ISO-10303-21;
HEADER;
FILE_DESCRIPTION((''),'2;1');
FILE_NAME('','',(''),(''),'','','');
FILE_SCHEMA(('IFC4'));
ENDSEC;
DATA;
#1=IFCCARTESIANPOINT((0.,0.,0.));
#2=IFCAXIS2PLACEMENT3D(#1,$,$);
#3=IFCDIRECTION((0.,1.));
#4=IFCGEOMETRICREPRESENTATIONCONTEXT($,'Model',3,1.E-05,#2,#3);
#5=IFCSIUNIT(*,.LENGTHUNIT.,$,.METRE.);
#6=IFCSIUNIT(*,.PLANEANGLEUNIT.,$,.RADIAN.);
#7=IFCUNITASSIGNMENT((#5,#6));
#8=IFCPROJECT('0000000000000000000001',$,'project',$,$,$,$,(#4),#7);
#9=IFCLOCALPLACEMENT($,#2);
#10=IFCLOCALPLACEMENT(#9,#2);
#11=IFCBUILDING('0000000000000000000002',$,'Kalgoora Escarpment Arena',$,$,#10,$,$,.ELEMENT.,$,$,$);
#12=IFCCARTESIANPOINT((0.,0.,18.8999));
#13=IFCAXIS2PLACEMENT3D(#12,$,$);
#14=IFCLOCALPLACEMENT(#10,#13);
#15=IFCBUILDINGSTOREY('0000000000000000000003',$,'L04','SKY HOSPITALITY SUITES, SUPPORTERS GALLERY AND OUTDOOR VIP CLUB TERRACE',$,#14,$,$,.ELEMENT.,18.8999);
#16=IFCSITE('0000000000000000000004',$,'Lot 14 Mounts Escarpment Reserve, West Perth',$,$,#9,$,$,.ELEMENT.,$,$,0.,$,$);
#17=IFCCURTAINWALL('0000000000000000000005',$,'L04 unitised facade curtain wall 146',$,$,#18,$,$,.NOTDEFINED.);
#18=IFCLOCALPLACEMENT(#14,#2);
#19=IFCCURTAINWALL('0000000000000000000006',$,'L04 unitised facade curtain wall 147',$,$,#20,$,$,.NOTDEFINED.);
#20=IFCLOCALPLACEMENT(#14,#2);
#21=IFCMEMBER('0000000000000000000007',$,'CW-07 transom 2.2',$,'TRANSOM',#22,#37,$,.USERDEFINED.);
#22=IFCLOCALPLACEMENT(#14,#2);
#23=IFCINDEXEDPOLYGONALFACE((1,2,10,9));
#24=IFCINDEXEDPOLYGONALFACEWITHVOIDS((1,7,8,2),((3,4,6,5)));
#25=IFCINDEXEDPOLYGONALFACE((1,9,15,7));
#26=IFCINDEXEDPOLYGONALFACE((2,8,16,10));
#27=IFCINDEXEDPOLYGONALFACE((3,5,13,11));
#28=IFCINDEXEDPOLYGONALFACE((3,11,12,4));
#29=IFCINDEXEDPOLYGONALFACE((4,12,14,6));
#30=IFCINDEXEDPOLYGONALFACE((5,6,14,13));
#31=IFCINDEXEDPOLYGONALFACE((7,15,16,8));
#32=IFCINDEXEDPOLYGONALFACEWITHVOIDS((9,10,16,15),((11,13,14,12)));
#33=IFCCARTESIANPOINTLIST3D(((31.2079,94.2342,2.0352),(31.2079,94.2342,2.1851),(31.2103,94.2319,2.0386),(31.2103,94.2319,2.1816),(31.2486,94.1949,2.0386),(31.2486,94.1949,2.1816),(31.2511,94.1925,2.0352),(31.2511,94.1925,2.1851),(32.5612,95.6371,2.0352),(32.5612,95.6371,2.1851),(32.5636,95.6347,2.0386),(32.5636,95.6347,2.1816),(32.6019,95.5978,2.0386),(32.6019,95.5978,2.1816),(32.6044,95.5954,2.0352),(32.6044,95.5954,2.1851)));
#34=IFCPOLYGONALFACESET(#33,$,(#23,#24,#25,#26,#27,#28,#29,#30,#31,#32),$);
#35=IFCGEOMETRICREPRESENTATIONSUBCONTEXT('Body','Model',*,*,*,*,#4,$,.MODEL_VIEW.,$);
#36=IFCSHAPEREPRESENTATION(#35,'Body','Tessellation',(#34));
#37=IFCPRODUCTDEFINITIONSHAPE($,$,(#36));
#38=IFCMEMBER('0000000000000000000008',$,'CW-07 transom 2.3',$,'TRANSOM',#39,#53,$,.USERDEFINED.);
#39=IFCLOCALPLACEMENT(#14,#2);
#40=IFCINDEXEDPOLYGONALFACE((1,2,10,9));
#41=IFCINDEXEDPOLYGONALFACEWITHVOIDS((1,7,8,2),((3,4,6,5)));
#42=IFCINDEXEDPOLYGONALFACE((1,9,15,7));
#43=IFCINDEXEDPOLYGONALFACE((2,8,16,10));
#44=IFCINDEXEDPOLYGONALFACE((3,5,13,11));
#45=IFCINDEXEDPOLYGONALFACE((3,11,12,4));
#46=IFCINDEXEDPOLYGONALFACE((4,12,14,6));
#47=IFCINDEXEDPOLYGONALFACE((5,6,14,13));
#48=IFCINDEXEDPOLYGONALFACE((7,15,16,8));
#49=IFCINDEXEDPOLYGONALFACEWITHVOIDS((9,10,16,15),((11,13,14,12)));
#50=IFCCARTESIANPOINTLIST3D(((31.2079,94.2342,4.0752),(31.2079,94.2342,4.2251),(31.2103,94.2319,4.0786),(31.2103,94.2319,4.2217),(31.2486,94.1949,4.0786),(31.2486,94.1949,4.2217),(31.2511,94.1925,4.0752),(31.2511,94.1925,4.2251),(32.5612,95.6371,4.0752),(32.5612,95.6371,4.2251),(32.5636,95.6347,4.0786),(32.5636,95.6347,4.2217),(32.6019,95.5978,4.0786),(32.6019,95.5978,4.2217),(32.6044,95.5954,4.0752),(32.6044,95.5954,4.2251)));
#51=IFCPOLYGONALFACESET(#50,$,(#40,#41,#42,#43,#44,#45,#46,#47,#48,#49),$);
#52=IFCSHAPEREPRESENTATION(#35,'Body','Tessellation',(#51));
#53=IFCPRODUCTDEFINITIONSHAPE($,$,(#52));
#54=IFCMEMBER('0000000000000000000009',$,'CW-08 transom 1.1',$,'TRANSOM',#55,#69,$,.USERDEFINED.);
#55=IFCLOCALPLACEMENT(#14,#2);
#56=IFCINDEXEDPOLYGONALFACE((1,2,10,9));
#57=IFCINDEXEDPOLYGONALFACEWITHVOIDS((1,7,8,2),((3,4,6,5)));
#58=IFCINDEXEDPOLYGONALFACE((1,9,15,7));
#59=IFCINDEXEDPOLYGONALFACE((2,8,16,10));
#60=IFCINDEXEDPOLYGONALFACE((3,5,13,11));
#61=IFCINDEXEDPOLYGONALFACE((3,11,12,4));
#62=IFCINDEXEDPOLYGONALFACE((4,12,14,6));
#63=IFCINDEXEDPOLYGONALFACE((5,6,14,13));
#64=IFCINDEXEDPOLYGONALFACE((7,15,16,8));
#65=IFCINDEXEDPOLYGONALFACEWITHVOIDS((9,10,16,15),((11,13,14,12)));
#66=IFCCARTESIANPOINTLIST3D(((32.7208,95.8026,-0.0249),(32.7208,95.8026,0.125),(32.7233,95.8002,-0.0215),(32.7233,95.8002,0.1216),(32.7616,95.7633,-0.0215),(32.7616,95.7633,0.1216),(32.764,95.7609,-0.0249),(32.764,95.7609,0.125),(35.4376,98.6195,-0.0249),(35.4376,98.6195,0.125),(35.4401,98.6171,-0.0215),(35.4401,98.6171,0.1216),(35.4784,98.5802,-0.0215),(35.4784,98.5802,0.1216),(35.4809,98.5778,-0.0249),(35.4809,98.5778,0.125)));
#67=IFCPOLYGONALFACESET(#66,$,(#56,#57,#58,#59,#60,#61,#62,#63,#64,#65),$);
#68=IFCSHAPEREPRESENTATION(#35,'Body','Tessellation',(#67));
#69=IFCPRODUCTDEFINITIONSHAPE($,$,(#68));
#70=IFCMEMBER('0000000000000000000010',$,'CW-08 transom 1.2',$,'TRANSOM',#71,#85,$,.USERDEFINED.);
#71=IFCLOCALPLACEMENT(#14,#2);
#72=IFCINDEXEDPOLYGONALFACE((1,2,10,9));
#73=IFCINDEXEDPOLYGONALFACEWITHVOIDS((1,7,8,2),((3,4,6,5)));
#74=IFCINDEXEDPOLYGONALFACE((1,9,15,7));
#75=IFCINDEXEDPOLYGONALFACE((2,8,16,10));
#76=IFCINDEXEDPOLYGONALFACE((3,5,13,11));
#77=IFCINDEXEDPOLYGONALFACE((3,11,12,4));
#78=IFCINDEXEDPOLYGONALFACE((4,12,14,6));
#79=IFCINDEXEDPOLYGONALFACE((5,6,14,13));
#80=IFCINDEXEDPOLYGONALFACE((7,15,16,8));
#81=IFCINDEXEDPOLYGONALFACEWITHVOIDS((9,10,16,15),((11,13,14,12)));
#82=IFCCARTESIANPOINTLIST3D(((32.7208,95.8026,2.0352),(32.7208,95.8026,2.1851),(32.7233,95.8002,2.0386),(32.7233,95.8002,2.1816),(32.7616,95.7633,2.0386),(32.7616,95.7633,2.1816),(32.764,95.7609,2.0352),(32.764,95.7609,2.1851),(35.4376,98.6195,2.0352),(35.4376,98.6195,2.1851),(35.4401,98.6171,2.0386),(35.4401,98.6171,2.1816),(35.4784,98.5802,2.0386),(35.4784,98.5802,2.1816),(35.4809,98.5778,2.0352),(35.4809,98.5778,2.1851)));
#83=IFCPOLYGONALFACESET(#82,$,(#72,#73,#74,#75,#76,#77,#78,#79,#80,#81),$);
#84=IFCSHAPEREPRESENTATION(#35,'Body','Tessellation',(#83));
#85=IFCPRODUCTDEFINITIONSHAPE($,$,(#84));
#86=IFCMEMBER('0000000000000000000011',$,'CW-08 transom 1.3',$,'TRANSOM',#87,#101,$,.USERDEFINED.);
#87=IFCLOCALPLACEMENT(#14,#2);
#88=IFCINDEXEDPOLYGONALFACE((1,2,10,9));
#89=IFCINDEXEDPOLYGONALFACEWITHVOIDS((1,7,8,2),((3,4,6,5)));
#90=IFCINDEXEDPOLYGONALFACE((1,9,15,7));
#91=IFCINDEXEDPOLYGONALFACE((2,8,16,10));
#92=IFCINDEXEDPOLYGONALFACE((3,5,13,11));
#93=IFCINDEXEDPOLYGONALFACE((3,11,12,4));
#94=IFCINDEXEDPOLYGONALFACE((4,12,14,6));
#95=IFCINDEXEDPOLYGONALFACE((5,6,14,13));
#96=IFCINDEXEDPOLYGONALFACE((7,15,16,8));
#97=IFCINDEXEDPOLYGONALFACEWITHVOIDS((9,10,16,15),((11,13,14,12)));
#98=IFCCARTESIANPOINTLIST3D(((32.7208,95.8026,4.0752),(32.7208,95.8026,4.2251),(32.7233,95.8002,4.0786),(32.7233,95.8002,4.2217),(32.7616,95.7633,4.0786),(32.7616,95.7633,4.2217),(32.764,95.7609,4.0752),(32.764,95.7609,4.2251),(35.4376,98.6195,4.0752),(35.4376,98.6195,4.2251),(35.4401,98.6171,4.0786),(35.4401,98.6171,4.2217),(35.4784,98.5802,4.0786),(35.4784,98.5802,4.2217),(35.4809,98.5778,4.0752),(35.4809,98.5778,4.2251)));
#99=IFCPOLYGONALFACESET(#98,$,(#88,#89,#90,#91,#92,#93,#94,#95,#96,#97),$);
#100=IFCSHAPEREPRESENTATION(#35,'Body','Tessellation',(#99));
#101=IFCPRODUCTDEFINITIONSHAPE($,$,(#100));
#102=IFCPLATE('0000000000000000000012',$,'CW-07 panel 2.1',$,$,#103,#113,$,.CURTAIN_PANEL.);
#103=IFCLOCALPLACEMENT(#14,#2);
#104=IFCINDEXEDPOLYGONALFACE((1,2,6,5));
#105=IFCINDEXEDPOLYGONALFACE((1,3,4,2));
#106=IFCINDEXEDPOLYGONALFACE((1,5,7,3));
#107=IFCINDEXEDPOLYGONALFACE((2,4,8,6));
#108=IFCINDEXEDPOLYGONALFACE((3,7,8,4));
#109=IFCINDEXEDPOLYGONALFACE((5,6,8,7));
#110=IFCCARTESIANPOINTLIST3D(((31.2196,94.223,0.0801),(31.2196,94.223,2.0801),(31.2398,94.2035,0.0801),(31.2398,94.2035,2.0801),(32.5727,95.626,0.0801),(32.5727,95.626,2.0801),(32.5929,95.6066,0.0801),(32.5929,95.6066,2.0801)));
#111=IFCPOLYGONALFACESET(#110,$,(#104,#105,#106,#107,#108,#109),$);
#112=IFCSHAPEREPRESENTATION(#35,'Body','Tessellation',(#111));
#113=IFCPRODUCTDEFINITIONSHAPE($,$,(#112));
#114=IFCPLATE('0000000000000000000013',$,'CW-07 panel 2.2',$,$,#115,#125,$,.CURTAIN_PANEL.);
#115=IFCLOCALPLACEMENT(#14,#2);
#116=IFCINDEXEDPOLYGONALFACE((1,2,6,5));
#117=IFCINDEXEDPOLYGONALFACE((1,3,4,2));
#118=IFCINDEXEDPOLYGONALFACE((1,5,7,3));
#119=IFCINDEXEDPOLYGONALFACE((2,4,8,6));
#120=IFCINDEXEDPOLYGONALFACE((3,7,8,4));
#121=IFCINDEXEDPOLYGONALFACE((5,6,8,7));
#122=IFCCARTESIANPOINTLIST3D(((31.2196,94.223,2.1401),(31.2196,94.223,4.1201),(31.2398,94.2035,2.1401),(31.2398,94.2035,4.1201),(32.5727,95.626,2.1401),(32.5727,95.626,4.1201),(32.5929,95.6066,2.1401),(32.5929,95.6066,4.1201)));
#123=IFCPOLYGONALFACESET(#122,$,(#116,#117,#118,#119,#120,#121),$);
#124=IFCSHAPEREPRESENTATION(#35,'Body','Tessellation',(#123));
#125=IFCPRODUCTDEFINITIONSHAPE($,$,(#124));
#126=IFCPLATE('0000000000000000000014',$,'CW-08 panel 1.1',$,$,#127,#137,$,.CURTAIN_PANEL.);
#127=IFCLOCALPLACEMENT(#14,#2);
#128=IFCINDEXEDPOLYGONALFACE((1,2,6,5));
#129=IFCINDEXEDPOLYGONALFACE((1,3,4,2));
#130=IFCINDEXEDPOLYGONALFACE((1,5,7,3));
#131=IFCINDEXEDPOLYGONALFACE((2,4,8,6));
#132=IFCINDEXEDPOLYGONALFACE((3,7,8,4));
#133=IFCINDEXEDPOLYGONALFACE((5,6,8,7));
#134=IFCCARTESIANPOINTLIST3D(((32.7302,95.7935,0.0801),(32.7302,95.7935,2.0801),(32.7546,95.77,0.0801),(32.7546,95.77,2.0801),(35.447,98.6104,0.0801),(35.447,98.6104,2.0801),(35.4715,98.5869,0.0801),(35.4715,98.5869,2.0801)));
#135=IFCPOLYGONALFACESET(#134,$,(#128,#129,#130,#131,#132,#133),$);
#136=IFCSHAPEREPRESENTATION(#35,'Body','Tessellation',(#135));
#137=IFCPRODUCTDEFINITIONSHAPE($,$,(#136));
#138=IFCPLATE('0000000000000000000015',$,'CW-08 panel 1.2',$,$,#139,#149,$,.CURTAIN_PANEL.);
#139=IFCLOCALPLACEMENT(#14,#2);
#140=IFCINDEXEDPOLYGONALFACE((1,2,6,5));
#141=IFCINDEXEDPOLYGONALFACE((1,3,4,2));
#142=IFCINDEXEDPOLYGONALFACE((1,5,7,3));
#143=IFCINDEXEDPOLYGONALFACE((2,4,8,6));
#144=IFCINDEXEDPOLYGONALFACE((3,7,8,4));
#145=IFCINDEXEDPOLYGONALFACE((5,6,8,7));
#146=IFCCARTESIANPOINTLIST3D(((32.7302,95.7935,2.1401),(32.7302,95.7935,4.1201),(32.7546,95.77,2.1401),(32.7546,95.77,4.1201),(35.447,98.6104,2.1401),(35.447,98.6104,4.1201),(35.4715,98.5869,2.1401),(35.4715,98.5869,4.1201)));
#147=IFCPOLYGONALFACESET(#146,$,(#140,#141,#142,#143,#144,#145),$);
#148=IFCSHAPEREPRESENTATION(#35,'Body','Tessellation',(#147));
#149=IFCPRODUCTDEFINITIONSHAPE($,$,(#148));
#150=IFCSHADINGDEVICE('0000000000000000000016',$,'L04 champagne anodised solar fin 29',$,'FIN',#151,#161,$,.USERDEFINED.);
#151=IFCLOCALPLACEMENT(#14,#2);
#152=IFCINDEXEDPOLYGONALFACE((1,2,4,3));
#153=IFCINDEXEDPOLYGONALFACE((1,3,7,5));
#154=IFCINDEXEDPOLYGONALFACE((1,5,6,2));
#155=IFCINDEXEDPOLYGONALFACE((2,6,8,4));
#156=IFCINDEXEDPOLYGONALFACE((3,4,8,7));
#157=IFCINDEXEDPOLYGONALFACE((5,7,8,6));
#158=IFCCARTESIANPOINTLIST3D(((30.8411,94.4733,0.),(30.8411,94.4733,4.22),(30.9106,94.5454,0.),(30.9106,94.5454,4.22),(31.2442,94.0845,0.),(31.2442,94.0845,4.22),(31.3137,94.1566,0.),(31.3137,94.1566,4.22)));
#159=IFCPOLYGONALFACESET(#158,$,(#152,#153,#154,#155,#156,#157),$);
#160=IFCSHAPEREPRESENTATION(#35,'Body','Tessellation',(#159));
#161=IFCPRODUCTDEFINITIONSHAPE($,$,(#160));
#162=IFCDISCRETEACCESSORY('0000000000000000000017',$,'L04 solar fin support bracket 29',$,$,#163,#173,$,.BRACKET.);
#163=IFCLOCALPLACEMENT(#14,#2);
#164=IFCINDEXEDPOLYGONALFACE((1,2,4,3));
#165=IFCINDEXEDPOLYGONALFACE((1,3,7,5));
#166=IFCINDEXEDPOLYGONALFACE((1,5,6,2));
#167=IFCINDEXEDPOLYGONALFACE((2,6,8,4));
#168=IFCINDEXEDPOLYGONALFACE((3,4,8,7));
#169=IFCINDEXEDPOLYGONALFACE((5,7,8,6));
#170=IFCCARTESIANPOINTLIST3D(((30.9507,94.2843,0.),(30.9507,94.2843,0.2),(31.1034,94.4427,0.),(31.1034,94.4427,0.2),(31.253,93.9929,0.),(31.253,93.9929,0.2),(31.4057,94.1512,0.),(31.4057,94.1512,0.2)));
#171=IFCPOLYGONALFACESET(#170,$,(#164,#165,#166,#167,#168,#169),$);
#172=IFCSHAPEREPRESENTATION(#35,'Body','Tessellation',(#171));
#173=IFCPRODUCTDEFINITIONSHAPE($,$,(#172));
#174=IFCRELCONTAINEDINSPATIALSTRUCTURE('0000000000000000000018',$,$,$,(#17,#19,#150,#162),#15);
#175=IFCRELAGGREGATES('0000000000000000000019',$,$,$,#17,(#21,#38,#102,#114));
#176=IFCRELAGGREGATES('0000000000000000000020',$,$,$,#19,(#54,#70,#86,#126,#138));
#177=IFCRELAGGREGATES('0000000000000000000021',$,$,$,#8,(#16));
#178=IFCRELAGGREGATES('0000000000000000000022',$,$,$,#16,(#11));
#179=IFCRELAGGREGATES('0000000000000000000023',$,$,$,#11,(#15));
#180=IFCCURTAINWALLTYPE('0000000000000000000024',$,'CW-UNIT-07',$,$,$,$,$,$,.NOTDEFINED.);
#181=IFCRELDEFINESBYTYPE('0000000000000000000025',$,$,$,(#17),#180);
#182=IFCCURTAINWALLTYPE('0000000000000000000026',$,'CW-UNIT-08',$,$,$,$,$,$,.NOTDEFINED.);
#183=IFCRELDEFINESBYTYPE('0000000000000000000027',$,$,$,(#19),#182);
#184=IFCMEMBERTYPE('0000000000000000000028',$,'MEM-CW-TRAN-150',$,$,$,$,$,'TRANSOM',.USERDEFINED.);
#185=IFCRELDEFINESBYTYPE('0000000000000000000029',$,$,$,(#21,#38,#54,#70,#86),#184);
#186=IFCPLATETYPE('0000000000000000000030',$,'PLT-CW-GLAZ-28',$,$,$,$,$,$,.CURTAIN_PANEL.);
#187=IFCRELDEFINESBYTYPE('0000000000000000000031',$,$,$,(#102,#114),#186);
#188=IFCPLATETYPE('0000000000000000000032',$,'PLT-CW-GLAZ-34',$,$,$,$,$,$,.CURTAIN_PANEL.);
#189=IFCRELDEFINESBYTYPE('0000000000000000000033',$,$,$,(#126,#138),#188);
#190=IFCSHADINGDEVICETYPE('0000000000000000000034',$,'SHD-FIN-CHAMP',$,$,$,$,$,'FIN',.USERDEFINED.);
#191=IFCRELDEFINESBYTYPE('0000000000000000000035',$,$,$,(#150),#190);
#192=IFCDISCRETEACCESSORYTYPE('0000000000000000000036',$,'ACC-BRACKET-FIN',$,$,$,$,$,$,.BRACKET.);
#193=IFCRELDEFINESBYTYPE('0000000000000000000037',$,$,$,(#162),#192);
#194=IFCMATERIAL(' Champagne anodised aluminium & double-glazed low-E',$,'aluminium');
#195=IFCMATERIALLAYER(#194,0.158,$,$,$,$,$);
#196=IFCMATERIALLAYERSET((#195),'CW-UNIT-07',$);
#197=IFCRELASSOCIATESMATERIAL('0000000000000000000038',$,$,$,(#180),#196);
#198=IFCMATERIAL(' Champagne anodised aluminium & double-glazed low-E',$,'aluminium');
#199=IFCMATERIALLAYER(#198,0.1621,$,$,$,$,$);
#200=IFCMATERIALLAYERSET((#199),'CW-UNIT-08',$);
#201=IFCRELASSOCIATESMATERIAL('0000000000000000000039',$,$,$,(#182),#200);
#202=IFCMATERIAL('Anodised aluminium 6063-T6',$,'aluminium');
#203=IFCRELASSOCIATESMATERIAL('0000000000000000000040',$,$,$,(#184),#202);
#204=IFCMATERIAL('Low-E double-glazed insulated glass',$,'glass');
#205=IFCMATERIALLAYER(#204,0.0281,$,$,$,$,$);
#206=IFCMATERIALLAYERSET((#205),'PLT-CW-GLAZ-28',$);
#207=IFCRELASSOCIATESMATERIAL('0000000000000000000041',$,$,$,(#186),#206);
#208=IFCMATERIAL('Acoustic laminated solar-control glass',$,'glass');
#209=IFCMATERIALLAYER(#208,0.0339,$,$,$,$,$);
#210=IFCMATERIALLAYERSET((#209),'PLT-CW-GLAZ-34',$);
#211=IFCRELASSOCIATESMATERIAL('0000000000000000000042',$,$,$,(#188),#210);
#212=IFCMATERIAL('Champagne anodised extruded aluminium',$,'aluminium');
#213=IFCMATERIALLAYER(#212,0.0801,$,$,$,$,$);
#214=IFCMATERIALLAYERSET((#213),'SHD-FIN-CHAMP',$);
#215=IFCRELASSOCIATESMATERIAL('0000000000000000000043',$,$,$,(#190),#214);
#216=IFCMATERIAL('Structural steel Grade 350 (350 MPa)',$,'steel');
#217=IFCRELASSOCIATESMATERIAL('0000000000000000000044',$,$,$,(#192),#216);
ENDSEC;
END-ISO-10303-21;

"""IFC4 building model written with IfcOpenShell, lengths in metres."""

from ifc_helpers import new_model, si_unit, direction, frame, origin, origin_2d, place, context, subcontext, project, spatial, rectangle, hollow_rectangle, extrude, material, layer, layer_set, material_profile, profile_set, type_object, element, aggregate, save


model = new_model("IFC4")

# Units and contexts
model_context = context("Model", 3, precision=1e-05, world=origin(), true_north=direction((0.0, 1.0)))
body_context = subcontext(model_context, "Body", "Model", "MODEL_VIEW")
ifc_project = project(units=[si_unit("LENGTHUNIT", "METRE"), si_unit("PLANEANGLEUNIT", "RADIAN")], contexts=[model_context])

# Site, building, storey
site_placement = place(None, origin())
site = spatial("IfcSite", under=ifc_project, at=site_placement, Name="Lot 14 Mounts Escarpment Reserve, West Perth", CompositionType="ELEMENT", RefElevation=0.0)
building_placement = place(site_placement, origin())
building = spatial("IfcBuilding", under=site, at=building_placement, Name="Kalgoora Escarpment Arena", CompositionType="ELEMENT")
storey_placement = place(building_placement, frame((0.0, 0.0, 18.8999)))
storey = spatial("IfcBuildingStorey", under=building, at=storey_placement, Name="L04", Description="SKY HOSPITALITY SUITES, SUPPORTERS GALLERY AND OUTDOOR VIP CLUB TERRACE", CompositionType="ELEMENT", Elevation=18.8999)

# Curtain wall
ifc_material_1 = material(Name=" Champagne anodised aluminium & double-glazed low-E", Category="aluminium")
ifc_layer_1 = layer(ifc_material_1, 0.158)
ifc_layer_set_1 = layer_set([ifc_layer_1], Name="CW-UNIT-07")
curtain_wall_type_1 = type_object("IfcCurtainWallType", Name="CW-UNIT-07", PredefinedType="NOTDEFINED", material=ifc_layer_set_1)
curtain_wall_1_placement = place(storey_placement, origin())
curtain_wall_1 = element("IfcCurtainWall", 1, at=curtain_wall_1_placement, inside=storey, type_object=curtain_wall_type_1, Name="L04 unitised facade curtain wall 146", PredefinedType="NOTDEFINED")

# Curtain wall
ifc_material_2 = material(Name=" Champagne anodised aluminium & double-glazed low-E", Category="aluminium")
ifc_layer_2 = layer(ifc_material_2, 0.1621)
ifc_layer_set_2 = layer_set([ifc_layer_2], Name="CW-UNIT-08")
curtain_wall_type_2 = type_object("IfcCurtainWallType", Name="CW-UNIT-08", PredefinedType="NOTDEFINED", material=ifc_layer_set_2)
curtain_wall_2_placement = place(storey_placement, origin())
curtain_wall_2 = element("IfcCurtainWall", 2, at=curtain_wall_2_placement, inside=storey, type_object=curtain_wall_type_2, Name="L04 unitised facade curtain wall 147", PredefinedType="NOTDEFINED")

# Members
ifc_material_3 = material(Name="Anodised aluminium 6063-T6", Category="aluminium")
ifc_material_profile_1 = material_profile(ifc_material_3, hollow_rectangle(XDim=0.0601, YDim=0.1499, WallThickness=0.0034, at=origin_2d()))
ifc_profile_set_1 = profile_set([ifc_material_profile_1], Name="Anodised aluminium 6063-T6")
member_type_1 = type_object("IfcMemberType", Name="MEM-CW-TRAN-150", ElementType="TRANSOM", PredefinedType="USERDEFINED", material=ifc_profile_set_1)
member_1_placement = place(storey_placement, frame((31.2295, 94.2134, 2.1101), z_axis=(0.694279, 0.719706, 0.0), x_axis=(-0.719706, 0.694279, 0.0)))
member_1 = element("IfcMember", 3, at=member_1_placement, type_object=member_type_1, Name="CW-07 transom 2.2", ObjectType="TRANSOM", PredefinedType="USERDEFINED", context=body_context, shape_type="SweptSolid", body=[
    extrude(hollow_rectangle(XDim=0.0601, YDim=0.1499, WallThickness=0.0034, at=origin_2d()), origin(), (0.0, 0.0, 1.0), 1.9492),
])
member_2_placement = place(storey_placement, frame((31.2295, 94.2134, 4.1501), z_axis=(0.694279, 0.719706, 0.0), x_axis=(-0.719706, 0.694279, 0.0)))
member_2 = element("IfcMember", 4, at=member_2_placement, type_object=member_type_1, Name="CW-07 transom 2.3", ObjectType="TRANSOM", PredefinedType="USERDEFINED", context=body_context, shape_type="SweptSolid", body=[
    extrude(hollow_rectangle(XDim=0.0601, YDim=0.1499, WallThickness=0.0034, at=origin_2d()), origin(), (0.0, 0.0, 1.0), 1.9492),
])
member_3_placement = place(storey_placement, frame((32.7424, 95.7817, 0.05), z_axis=(0.694203, 0.71978, 0.0), x_axis=(-0.71978, 0.694203, 0.0)))
member_3 = element("IfcMember", 5, at=member_3_placement, type_object=member_type_1, Name="CW-08 transom 1.1", ObjectType="TRANSOM", PredefinedType="USERDEFINED", context=body_context, shape_type="SweptSolid", body=[
    extrude(hollow_rectangle(XDim=0.0601, YDim=0.1499, WallThickness=0.0034, at=origin_2d()), origin(), (0.0, 0.0, 1.0), 3.9136),
])
member_4_placement = place(storey_placement, frame((32.7424, 95.7817, 2.1101), z_axis=(0.694203, 0.71978, 0.0), x_axis=(-0.71978, 0.694203, 0.0)))
member_4 = element("IfcMember", 6, at=member_4_placement, type_object=member_type_1, Name="CW-08 transom 1.2", ObjectType="TRANSOM", PredefinedType="USERDEFINED", context=body_context, shape_type="SweptSolid", body=[
    extrude(hollow_rectangle(XDim=0.0601, YDim=0.1499, WallThickness=0.0034, at=origin_2d()), origin(), (0.0, 0.0, 1.0), 3.9136),
])
member_5_placement = place(storey_placement, frame((32.7424, 95.7817, 4.1501), z_axis=(0.694203, 0.71978, 0.0), x_axis=(-0.71978, 0.694203, 0.0)))
member_5 = element("IfcMember", 7, at=member_5_placement, type_object=member_type_1, Name="CW-08 transom 1.3", ObjectType="TRANSOM", PredefinedType="USERDEFINED", context=body_context, shape_type="SweptSolid", body=[
    extrude(hollow_rectangle(XDim=0.0601, YDim=0.1499, WallThickness=0.0034, at=origin_2d()), origin(), (0.0, 0.0, 1.0), 3.9136),
])

# Plates
ifc_material_4 = material(Name="Low-E double-glazed insulated glass", Category="glass")
ifc_layer_3 = layer(ifc_material_4, 0.0281)
ifc_layer_set_3 = layer_set([ifc_layer_3], Name="PLT-CW-GLAZ-28")
plate_type_1 = type_object("IfcPlateType", Name="PLT-CW-GLAZ-28", PredefinedType="CURTAIN_PANEL", material=ifc_layer_set_3)
plate_1_placement = place(storey_placement, frame((31.9062, 94.9148, 0.0801), z_axis=(0.0, 0.0, 1.0), x_axis=(0.694202, 0.71978, 0.0)))
plate_1 = element("IfcPlate", 8, at=plate_1_placement, type_object=plate_type_1, Name="CW-07 panel 2.1", PredefinedType="CURTAIN_PANEL", context=body_context, shape_type="SweptSolid", body=[
    extrude(rectangle(XDim=1.9492, YDim=0.0281, at=origin_2d()), origin(), (0.0, 0.0, 1.0), 2.0),
])
plate_2_placement = place(storey_placement, frame((31.9062, 94.9148, 2.1401), z_axis=(0.0, 0.0, 1.0), x_axis=(0.694202, 0.71978, 0.0)))
plate_2 = element("IfcPlate", 9, at=plate_2_placement, type_object=plate_type_1, Name="CW-07 panel 2.2", PredefinedType="CURTAIN_PANEL", context=body_context, shape_type="SweptSolid", body=[
    extrude(rectangle(XDim=1.9492, YDim=0.0281, at=origin_2d()), origin(), (0.0, 0.0, 1.0), 1.98),
])
aggregate(curtain_wall_1, [member_1, member_2, plate_1, plate_2])
ifc_material_5 = material(Name="Acoustic laminated solar-control glass", Category="glass")
ifc_layer_4 = layer(ifc_material_5, 0.0339)
ifc_layer_set_4 = layer_set([ifc_layer_4], Name="PLT-CW-GLAZ-34")
plate_type_2 = type_object("IfcPlateType", Name="PLT-CW-GLAZ-34", PredefinedType="CURTAIN_PANEL", material=ifc_layer_set_4)
plate_3_placement = place(storey_placement, frame((34.1008, 97.1902, 0.0801), z_axis=(0.0, 0.0, 1.0), x_axis=(0.694205, 0.719777, 0.0)))
plate_3 = element("IfcPlate", 10, at=plate_3_placement, type_object=plate_type_2, Name="CW-08 panel 1.1", PredefinedType="CURTAIN_PANEL", context=body_context, shape_type="SweptSolid", body=[
    extrude(rectangle(XDim=3.9136, YDim=0.0339, at=origin_2d()), origin(), (0.0, 0.0, 1.0), 2.0),
])
plate_4_placement = place(storey_placement, frame((34.1008, 97.1902, 2.1401), z_axis=(0.0, 0.0, 1.0), x_axis=(0.694205, 0.719777, 0.0)))
plate_4 = element("IfcPlate", 11, at=plate_4_placement, type_object=plate_type_2, Name="CW-08 panel 1.2", PredefinedType="CURTAIN_PANEL", context=body_context, shape_type="SweptSolid", body=[
    extrude(rectangle(XDim=3.9136, YDim=0.0339, at=origin_2d()), origin(), (0.0, 0.0, 1.0), 1.98),
])
aggregate(curtain_wall_2, [member_3, member_4, member_5, plate_3, plate_4])

# Shading device
ifc_material_6 = material(Name="Champagne anodised extruded aluminium", Category="aluminium")
ifc_layer_5 = layer(ifc_material_6, 0.0801)
ifc_layer_set_5 = layer_set([ifc_layer_5], Name="SHD-FIN-CHAMP")
shading_device_type = type_object("IfcShadingDeviceType", Name="SHD-FIN-CHAMP", ElementType="FIN", PredefinedType="USERDEFINED", material=ifc_layer_set_5)
shading_device_placement = place(storey_placement, frame((31.0774, 94.3149, 0.0), z_axis=(0.0, 0.0, 1.0), x_axis=(-0.719825, 0.694156, 0.0)))
element("IfcShadingDevice", 12, at=shading_device_placement, inside=storey, type_object=shading_device_type, Name="L04 champagne anodised solar fin 29", ObjectType="FIN", PredefinedType="USERDEFINED", context=body_context, shape_type="SweptSolid", body=[
    extrude(rectangle(XDim=0.5601, YDim=0.1001, at=origin_2d()), origin(), (0.0, 0.0, 1.0), 4.22),
])

# Discrete accessory
ifc_material_7 = material(Name="Structural steel Grade 350 (350 MPa)", Category="steel")
discrete_accessory_type = type_object("IfcDiscreteAccessoryType", Name="ACC-BRACKET-FIN", PredefinedType="BRACKET", material=ifc_material_7)
discrete_accessory_placement = place(storey_placement, frame((31.1782, 94.2178, 0.0), z_axis=(0.0, 0.0, 1.0), x_axis=(-0.719825, 0.694156, 0.0)))
element("IfcDiscreteAccessory", 13, at=discrete_accessory_placement, inside=storey, type_object=discrete_accessory_type, Name="L04 solar fin support bracket 29", PredefinedType="BRACKET", context=body_context, shape_type="SweptSolid", body=[
    extrude(rectangle(XDim=0.4199, YDim=0.22, at=origin_2d()), origin(), (0.0, 0.0, 1.0), 0.2),
])

save(model, "model.ifc")
